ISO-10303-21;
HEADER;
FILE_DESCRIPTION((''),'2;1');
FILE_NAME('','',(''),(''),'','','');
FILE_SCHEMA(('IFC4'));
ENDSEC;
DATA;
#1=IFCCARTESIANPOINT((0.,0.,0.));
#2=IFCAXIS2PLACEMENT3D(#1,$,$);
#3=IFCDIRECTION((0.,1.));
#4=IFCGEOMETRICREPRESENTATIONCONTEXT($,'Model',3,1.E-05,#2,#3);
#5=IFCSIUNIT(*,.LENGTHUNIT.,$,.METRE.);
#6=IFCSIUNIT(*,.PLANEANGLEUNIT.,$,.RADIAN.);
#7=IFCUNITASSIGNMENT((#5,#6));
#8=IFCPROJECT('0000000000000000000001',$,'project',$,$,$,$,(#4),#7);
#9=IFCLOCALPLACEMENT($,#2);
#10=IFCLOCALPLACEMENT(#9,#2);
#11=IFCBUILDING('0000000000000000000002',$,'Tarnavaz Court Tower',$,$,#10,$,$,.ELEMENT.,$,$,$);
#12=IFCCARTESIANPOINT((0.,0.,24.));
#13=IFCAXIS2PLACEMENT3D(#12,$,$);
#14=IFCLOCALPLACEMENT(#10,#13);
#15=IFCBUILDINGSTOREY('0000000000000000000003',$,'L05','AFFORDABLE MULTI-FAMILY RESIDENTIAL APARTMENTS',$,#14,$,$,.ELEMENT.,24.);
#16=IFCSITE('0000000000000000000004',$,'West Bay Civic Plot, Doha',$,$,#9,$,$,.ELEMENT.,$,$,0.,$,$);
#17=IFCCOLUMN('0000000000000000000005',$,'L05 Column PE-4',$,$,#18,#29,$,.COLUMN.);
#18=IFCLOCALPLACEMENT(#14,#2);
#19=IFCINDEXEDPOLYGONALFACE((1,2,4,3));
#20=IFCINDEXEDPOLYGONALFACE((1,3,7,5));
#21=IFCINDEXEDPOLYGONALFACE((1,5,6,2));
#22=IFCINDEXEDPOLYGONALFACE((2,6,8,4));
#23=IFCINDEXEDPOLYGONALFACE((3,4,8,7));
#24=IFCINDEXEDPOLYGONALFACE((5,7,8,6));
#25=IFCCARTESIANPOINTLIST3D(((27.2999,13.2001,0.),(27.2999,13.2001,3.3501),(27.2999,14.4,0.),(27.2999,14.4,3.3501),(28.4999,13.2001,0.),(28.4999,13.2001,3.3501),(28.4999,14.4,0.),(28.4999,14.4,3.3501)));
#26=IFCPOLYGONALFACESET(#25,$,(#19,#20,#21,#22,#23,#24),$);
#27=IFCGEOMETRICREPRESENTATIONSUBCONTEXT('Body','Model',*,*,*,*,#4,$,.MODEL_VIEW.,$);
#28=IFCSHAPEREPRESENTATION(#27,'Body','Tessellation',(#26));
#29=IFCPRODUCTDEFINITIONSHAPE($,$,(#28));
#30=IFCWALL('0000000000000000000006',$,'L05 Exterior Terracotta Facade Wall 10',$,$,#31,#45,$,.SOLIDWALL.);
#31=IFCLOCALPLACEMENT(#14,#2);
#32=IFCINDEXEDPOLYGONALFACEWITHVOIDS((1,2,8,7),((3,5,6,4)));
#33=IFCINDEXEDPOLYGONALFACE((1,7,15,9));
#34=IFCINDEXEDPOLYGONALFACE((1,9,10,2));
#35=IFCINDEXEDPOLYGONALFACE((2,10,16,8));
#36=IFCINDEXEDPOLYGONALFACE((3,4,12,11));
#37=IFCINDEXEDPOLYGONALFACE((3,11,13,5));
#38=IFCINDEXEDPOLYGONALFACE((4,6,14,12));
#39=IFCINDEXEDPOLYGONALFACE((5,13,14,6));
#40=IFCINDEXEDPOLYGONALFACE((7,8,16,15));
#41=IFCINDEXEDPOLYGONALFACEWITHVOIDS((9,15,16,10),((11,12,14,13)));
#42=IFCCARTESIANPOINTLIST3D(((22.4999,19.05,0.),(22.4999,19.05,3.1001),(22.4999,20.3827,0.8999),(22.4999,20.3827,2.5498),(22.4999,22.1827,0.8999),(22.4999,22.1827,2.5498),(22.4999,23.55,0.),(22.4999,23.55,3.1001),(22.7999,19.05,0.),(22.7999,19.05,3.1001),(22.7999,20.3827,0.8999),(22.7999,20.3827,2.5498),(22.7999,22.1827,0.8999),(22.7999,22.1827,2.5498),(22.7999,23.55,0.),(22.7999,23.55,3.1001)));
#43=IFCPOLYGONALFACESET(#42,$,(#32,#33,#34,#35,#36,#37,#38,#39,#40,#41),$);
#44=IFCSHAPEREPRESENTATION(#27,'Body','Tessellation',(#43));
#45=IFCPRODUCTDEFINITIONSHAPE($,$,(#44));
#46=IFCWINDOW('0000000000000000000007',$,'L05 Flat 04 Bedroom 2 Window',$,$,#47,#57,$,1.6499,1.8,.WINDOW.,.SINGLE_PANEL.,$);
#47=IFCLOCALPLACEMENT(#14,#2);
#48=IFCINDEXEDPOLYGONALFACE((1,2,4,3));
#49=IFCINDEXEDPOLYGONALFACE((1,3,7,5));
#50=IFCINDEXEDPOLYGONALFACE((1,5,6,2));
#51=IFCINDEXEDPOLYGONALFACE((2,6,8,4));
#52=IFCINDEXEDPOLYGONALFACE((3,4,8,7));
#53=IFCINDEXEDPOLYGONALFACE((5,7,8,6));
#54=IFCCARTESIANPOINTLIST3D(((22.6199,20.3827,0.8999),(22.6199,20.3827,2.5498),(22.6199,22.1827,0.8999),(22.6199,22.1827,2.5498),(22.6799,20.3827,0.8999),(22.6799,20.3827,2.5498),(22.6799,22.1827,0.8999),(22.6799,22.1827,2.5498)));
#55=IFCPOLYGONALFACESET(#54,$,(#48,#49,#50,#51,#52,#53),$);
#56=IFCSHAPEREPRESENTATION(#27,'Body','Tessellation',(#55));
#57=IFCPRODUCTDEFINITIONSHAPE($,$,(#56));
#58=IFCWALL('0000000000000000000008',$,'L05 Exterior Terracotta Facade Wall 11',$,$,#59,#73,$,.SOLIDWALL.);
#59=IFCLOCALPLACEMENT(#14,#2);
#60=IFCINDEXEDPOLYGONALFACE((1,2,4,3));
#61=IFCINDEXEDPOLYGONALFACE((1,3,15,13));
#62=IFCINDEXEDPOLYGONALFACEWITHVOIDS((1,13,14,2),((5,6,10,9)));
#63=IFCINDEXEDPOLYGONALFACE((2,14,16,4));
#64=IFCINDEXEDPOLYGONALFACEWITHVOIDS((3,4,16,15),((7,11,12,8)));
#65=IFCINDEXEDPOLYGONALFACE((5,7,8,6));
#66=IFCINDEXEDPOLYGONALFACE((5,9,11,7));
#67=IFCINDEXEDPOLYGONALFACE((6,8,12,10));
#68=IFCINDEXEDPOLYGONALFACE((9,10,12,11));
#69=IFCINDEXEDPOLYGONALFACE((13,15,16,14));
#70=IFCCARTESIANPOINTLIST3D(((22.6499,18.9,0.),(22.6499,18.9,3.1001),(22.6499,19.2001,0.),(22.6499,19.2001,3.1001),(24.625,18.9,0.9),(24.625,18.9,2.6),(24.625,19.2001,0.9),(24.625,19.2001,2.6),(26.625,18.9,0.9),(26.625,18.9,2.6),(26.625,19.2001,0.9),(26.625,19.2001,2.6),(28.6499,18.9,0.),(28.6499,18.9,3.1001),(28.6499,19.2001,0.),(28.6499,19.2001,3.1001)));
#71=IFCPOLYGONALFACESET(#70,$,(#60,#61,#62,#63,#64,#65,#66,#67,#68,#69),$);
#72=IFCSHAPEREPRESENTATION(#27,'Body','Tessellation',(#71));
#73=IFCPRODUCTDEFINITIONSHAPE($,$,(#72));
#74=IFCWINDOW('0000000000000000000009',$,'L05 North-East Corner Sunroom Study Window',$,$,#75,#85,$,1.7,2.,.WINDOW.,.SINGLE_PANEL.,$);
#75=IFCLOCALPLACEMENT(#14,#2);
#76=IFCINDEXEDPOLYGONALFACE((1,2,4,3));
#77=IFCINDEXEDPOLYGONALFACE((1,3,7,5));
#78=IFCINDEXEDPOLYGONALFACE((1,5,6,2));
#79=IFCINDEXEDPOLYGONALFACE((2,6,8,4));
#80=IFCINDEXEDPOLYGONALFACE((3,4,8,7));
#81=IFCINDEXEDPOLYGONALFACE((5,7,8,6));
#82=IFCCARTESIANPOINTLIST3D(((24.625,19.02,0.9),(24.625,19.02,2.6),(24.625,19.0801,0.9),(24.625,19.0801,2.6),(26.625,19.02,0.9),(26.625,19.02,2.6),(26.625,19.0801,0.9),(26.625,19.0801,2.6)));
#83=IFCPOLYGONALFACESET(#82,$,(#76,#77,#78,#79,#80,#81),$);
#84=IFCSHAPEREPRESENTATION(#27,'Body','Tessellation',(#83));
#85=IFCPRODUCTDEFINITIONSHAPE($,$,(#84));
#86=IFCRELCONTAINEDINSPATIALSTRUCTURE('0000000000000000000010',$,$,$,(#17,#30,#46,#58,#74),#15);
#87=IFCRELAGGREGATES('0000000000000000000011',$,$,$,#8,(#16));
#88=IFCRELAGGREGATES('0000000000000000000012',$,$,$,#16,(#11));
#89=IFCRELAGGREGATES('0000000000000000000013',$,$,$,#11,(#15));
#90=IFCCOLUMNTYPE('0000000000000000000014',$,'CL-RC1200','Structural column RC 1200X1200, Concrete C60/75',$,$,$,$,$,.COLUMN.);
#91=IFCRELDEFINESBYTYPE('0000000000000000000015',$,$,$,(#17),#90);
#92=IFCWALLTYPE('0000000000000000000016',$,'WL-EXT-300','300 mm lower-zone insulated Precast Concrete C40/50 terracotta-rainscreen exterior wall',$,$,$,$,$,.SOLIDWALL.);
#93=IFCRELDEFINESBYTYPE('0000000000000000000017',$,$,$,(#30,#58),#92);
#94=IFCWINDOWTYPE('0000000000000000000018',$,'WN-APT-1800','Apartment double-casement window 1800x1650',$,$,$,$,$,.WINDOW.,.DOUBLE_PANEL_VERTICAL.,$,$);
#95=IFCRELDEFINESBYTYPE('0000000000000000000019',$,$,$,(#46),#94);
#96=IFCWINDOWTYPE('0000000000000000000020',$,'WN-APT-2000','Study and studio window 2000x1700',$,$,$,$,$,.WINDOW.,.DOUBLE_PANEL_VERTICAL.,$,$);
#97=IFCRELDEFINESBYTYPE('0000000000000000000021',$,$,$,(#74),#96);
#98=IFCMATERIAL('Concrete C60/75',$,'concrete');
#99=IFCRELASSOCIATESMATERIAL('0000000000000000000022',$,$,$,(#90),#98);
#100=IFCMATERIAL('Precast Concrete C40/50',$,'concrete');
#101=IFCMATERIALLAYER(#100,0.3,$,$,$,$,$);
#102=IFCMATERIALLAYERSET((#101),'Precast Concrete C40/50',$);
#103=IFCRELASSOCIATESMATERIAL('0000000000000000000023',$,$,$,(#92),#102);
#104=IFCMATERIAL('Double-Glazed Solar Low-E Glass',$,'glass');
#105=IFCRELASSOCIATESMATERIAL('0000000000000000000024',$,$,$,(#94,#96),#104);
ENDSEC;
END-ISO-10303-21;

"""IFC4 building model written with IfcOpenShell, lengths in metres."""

from ifc_helpers import new_model, si_unit, direction, frame, frame_2d, origin, origin_2d, place, context, subcontext, project, spatial, rectangle, extrude, material, layer, layer_set, material_profile, profile_set, type_object, element, fill, save


model = new_model("IFC4")

# Units and contexts
model_context = context("Model", 3, precision=1e-05, world=origin(), true_north=direction((0.0, 1.0)))
body_context = subcontext(model_context, "Body", "Model", "MODEL_VIEW")
ifc_project = project(units=[si_unit("LENGTHUNIT", "METRE"), si_unit("PLANEANGLEUNIT", "RADIAN")], contexts=[model_context])

# Site, building, storey
site_placement = place(None, origin())
site = spatial("IfcSite", under=ifc_project, at=site_placement, Name="West Bay Civic Plot, Doha", CompositionType="ELEMENT", RefElevation=0.0)
building_placement = place(site_placement, origin())
building = spatial("IfcBuilding", under=site, at=building_placement, Name="Tarnavaz Court Tower", CompositionType="ELEMENT")
storey_placement = place(building_placement, frame((0.0, 0.0, 24.0)))
storey = spatial("IfcBuildingStorey", under=building, at=storey_placement, Name="L05", Description="AFFORDABLE MULTI-FAMILY RESIDENTIAL APARTMENTS", CompositionType="ELEMENT", Elevation=24.0)

# Column
ifc_material_1 = material(Name="Concrete C60/75", Category="concrete")
ifc_material_profile_1 = material_profile(ifc_material_1, rectangle(XDim=1.2, YDim=1.2, at=origin_2d()), Name="RC 1200X1200")
ifc_profile_set_1 = profile_set([ifc_material_profile_1], Name="Concrete C60/75")
column_type = type_object("IfcColumnType", Name="CL-RC1200", Description="Structural column RC 1200X1200, Concrete C60/75", PredefinedType="COLUMN", material=ifc_profile_set_1)
column_placement = place(storey_placement, frame((27.8999, 13.8, 0.0), z_axis=(0.0, 0.0, 1.0), x_axis=(1.0, 0.0, 0.0)))
element("IfcColumn", 1, at=column_placement, inside=storey, type_object=column_type, Name="L05 Column PE-4", PredefinedType="COLUMN", context=body_context, shape_type="SweptSolid", body=[
    extrude(rectangle(XDim=1.2, YDim=1.2, at=origin_2d()), origin(), (0.0, 0.0, 1.0), 3.3501),
])

# Walls, openings, windows
ifc_material_2 = material(Name="Precast Concrete C40/50", Category="concrete")
ifc_layer_1 = layer(ifc_material_2, 0.3)
ifc_layer_set_1 = layer_set([ifc_layer_1], Name="Precast Concrete C40/50")
wall_type_1 = type_object("IfcWallType", Name="WL-EXT-300", Description="300 mm lower-zone insulated Precast Concrete C40/50 terracotta-rainscreen exterior wall", PredefinedType="SOLIDWALL", material=ifc_layer_set_1)
wall_1_placement = place(storey_placement, frame((22.6499, 23.55, 0.0), z_axis=(0.0, 0.0, 1.0), x_axis=(0.0, -1.0, 0.0)))
wall_1 = element("IfcWall", 2, at=wall_1_placement, inside=storey, type_object=wall_type_1, Name="L05 Exterior Terracotta Facade Wall 10", PredefinedType="SOLIDWALL", context=body_context, shape_type="SweptSolid", body=[
    extrude(rectangle(XDim=4.5, YDim=0.3, at=frame_2d((2.25, 0.0))), origin(), (0.0, 0.0, 1.0), 3.1001),
])
opening_1_placement = place(wall_1_placement, frame((1.3674, 0.0, 0.8999)))
opening_1 = element("IfcOpeningElement", 3, at=opening_1_placement, cuts=wall_1, PredefinedType="OPENING", context=body_context, shape_type="SweptSolid", body=[
    extrude(rectangle(XDim=1.8, YDim=1.6499, at=frame_2d((0.8999, 0.825))), frame((0.0, 0.1599, 0.0), z_axis=(0.0, -1.0, 0.0), x_axis=(1.0, 0.0, 0.0)), (0.0, 0.0, 1.0), 0.3201),
])
ifc_material_3 = material(Name="Double-Glazed Solar Low-E Glass", Category="glass")
window_type_1 = type_object("IfcWindowType", Name="WN-APT-1800", Description="Apartment double-casement window 1800x1650", PartitioningType="DOUBLE_PANEL_VERTICAL", PredefinedType="WINDOW", material=ifc_material_3)
window_1_placement = place(opening_1_placement, origin())
window_1 = element("IfcWindow", 4, at=window_1_placement, inside=storey, type_object=window_type_1, Name="L05 Flat 04 Bedroom 2 Window", OverallHeight=1.6499, OverallWidth=1.8, PartitioningType="SINGLE_PANEL", PredefinedType="WINDOW", context=body_context, shape_type="SweptSolid", body=[
    extrude(rectangle(XDim=1.8, YDim=1.6499, at=frame_2d((0.8999, 0.825))), frame((0.0, 0.03, 0.0), z_axis=(0.0, -1.0, 0.0), x_axis=(1.0, 0.0, 0.0)), (0.0, 0.0, 1.0), 0.0601),
])
fill(opening_1, window_1)
wall_2_placement = place(storey_placement, frame((22.6499, 19.05, 0.0), z_axis=(0.0, 0.0, 1.0), x_axis=(1.0, 0.0, 0.0)))
wall_2 = element("IfcWall", 5, at=wall_2_placement, inside=storey, type_object=wall_type_1, Name="L05 Exterior Terracotta Facade Wall 11", PredefinedType="SOLIDWALL", context=body_context, shape_type="SweptSolid", body=[
    extrude(rectangle(XDim=6.0, YDim=0.3, at=frame_2d((3.0, 0.0))), origin(), (0.0, 0.0, 1.0), 3.1001),
])
opening_2_placement = place(wall_2_placement, frame((1.9751, 0.0, 0.8999)))
opening_2 = element("IfcOpeningElement", 6, at=opening_2_placement, cuts=wall_2, PredefinedType="OPENING", context=body_context, shape_type="SweptSolid", body=[
    extrude(rectangle(XDim=2.0, YDim=1.7, at=frame_2d((1.0, 0.8501))), frame((0.0, 0.1599, 0.0), z_axis=(0.0, -1.0, 0.0), x_axis=(1.0, 0.0, 0.0)), (0.0, 0.0, 1.0), 0.3201),
])
window_type_2 = type_object("IfcWindowType", Name="WN-APT-2000", Description="Study and studio window 2000x1700", PartitioningType="DOUBLE_PANEL_VERTICAL", PredefinedType="WINDOW", material=ifc_material_3)
window_2_placement = place(opening_2_placement, origin())
window_2 = element("IfcWindow", 7, at=window_2_placement, inside=storey, type_object=window_type_2, Name="L05 North-East Corner Sunroom Study Window", OverallHeight=1.7, OverallWidth=2.0, PartitioningType="SINGLE_PANEL", PredefinedType="WINDOW", context=body_context, shape_type="SweptSolid", body=[
    extrude(rectangle(XDim=2.0, YDim=1.7, at=frame_2d((1.0, 0.8501))), frame((0.0, 0.03, 0.0), z_axis=(0.0, -1.0, 0.0), x_axis=(1.0, 0.0, 0.0)), (0.0, 0.0, 1.0), 0.0601),
])
fill(opening_2, window_2)

save(model, "model.ifc")
